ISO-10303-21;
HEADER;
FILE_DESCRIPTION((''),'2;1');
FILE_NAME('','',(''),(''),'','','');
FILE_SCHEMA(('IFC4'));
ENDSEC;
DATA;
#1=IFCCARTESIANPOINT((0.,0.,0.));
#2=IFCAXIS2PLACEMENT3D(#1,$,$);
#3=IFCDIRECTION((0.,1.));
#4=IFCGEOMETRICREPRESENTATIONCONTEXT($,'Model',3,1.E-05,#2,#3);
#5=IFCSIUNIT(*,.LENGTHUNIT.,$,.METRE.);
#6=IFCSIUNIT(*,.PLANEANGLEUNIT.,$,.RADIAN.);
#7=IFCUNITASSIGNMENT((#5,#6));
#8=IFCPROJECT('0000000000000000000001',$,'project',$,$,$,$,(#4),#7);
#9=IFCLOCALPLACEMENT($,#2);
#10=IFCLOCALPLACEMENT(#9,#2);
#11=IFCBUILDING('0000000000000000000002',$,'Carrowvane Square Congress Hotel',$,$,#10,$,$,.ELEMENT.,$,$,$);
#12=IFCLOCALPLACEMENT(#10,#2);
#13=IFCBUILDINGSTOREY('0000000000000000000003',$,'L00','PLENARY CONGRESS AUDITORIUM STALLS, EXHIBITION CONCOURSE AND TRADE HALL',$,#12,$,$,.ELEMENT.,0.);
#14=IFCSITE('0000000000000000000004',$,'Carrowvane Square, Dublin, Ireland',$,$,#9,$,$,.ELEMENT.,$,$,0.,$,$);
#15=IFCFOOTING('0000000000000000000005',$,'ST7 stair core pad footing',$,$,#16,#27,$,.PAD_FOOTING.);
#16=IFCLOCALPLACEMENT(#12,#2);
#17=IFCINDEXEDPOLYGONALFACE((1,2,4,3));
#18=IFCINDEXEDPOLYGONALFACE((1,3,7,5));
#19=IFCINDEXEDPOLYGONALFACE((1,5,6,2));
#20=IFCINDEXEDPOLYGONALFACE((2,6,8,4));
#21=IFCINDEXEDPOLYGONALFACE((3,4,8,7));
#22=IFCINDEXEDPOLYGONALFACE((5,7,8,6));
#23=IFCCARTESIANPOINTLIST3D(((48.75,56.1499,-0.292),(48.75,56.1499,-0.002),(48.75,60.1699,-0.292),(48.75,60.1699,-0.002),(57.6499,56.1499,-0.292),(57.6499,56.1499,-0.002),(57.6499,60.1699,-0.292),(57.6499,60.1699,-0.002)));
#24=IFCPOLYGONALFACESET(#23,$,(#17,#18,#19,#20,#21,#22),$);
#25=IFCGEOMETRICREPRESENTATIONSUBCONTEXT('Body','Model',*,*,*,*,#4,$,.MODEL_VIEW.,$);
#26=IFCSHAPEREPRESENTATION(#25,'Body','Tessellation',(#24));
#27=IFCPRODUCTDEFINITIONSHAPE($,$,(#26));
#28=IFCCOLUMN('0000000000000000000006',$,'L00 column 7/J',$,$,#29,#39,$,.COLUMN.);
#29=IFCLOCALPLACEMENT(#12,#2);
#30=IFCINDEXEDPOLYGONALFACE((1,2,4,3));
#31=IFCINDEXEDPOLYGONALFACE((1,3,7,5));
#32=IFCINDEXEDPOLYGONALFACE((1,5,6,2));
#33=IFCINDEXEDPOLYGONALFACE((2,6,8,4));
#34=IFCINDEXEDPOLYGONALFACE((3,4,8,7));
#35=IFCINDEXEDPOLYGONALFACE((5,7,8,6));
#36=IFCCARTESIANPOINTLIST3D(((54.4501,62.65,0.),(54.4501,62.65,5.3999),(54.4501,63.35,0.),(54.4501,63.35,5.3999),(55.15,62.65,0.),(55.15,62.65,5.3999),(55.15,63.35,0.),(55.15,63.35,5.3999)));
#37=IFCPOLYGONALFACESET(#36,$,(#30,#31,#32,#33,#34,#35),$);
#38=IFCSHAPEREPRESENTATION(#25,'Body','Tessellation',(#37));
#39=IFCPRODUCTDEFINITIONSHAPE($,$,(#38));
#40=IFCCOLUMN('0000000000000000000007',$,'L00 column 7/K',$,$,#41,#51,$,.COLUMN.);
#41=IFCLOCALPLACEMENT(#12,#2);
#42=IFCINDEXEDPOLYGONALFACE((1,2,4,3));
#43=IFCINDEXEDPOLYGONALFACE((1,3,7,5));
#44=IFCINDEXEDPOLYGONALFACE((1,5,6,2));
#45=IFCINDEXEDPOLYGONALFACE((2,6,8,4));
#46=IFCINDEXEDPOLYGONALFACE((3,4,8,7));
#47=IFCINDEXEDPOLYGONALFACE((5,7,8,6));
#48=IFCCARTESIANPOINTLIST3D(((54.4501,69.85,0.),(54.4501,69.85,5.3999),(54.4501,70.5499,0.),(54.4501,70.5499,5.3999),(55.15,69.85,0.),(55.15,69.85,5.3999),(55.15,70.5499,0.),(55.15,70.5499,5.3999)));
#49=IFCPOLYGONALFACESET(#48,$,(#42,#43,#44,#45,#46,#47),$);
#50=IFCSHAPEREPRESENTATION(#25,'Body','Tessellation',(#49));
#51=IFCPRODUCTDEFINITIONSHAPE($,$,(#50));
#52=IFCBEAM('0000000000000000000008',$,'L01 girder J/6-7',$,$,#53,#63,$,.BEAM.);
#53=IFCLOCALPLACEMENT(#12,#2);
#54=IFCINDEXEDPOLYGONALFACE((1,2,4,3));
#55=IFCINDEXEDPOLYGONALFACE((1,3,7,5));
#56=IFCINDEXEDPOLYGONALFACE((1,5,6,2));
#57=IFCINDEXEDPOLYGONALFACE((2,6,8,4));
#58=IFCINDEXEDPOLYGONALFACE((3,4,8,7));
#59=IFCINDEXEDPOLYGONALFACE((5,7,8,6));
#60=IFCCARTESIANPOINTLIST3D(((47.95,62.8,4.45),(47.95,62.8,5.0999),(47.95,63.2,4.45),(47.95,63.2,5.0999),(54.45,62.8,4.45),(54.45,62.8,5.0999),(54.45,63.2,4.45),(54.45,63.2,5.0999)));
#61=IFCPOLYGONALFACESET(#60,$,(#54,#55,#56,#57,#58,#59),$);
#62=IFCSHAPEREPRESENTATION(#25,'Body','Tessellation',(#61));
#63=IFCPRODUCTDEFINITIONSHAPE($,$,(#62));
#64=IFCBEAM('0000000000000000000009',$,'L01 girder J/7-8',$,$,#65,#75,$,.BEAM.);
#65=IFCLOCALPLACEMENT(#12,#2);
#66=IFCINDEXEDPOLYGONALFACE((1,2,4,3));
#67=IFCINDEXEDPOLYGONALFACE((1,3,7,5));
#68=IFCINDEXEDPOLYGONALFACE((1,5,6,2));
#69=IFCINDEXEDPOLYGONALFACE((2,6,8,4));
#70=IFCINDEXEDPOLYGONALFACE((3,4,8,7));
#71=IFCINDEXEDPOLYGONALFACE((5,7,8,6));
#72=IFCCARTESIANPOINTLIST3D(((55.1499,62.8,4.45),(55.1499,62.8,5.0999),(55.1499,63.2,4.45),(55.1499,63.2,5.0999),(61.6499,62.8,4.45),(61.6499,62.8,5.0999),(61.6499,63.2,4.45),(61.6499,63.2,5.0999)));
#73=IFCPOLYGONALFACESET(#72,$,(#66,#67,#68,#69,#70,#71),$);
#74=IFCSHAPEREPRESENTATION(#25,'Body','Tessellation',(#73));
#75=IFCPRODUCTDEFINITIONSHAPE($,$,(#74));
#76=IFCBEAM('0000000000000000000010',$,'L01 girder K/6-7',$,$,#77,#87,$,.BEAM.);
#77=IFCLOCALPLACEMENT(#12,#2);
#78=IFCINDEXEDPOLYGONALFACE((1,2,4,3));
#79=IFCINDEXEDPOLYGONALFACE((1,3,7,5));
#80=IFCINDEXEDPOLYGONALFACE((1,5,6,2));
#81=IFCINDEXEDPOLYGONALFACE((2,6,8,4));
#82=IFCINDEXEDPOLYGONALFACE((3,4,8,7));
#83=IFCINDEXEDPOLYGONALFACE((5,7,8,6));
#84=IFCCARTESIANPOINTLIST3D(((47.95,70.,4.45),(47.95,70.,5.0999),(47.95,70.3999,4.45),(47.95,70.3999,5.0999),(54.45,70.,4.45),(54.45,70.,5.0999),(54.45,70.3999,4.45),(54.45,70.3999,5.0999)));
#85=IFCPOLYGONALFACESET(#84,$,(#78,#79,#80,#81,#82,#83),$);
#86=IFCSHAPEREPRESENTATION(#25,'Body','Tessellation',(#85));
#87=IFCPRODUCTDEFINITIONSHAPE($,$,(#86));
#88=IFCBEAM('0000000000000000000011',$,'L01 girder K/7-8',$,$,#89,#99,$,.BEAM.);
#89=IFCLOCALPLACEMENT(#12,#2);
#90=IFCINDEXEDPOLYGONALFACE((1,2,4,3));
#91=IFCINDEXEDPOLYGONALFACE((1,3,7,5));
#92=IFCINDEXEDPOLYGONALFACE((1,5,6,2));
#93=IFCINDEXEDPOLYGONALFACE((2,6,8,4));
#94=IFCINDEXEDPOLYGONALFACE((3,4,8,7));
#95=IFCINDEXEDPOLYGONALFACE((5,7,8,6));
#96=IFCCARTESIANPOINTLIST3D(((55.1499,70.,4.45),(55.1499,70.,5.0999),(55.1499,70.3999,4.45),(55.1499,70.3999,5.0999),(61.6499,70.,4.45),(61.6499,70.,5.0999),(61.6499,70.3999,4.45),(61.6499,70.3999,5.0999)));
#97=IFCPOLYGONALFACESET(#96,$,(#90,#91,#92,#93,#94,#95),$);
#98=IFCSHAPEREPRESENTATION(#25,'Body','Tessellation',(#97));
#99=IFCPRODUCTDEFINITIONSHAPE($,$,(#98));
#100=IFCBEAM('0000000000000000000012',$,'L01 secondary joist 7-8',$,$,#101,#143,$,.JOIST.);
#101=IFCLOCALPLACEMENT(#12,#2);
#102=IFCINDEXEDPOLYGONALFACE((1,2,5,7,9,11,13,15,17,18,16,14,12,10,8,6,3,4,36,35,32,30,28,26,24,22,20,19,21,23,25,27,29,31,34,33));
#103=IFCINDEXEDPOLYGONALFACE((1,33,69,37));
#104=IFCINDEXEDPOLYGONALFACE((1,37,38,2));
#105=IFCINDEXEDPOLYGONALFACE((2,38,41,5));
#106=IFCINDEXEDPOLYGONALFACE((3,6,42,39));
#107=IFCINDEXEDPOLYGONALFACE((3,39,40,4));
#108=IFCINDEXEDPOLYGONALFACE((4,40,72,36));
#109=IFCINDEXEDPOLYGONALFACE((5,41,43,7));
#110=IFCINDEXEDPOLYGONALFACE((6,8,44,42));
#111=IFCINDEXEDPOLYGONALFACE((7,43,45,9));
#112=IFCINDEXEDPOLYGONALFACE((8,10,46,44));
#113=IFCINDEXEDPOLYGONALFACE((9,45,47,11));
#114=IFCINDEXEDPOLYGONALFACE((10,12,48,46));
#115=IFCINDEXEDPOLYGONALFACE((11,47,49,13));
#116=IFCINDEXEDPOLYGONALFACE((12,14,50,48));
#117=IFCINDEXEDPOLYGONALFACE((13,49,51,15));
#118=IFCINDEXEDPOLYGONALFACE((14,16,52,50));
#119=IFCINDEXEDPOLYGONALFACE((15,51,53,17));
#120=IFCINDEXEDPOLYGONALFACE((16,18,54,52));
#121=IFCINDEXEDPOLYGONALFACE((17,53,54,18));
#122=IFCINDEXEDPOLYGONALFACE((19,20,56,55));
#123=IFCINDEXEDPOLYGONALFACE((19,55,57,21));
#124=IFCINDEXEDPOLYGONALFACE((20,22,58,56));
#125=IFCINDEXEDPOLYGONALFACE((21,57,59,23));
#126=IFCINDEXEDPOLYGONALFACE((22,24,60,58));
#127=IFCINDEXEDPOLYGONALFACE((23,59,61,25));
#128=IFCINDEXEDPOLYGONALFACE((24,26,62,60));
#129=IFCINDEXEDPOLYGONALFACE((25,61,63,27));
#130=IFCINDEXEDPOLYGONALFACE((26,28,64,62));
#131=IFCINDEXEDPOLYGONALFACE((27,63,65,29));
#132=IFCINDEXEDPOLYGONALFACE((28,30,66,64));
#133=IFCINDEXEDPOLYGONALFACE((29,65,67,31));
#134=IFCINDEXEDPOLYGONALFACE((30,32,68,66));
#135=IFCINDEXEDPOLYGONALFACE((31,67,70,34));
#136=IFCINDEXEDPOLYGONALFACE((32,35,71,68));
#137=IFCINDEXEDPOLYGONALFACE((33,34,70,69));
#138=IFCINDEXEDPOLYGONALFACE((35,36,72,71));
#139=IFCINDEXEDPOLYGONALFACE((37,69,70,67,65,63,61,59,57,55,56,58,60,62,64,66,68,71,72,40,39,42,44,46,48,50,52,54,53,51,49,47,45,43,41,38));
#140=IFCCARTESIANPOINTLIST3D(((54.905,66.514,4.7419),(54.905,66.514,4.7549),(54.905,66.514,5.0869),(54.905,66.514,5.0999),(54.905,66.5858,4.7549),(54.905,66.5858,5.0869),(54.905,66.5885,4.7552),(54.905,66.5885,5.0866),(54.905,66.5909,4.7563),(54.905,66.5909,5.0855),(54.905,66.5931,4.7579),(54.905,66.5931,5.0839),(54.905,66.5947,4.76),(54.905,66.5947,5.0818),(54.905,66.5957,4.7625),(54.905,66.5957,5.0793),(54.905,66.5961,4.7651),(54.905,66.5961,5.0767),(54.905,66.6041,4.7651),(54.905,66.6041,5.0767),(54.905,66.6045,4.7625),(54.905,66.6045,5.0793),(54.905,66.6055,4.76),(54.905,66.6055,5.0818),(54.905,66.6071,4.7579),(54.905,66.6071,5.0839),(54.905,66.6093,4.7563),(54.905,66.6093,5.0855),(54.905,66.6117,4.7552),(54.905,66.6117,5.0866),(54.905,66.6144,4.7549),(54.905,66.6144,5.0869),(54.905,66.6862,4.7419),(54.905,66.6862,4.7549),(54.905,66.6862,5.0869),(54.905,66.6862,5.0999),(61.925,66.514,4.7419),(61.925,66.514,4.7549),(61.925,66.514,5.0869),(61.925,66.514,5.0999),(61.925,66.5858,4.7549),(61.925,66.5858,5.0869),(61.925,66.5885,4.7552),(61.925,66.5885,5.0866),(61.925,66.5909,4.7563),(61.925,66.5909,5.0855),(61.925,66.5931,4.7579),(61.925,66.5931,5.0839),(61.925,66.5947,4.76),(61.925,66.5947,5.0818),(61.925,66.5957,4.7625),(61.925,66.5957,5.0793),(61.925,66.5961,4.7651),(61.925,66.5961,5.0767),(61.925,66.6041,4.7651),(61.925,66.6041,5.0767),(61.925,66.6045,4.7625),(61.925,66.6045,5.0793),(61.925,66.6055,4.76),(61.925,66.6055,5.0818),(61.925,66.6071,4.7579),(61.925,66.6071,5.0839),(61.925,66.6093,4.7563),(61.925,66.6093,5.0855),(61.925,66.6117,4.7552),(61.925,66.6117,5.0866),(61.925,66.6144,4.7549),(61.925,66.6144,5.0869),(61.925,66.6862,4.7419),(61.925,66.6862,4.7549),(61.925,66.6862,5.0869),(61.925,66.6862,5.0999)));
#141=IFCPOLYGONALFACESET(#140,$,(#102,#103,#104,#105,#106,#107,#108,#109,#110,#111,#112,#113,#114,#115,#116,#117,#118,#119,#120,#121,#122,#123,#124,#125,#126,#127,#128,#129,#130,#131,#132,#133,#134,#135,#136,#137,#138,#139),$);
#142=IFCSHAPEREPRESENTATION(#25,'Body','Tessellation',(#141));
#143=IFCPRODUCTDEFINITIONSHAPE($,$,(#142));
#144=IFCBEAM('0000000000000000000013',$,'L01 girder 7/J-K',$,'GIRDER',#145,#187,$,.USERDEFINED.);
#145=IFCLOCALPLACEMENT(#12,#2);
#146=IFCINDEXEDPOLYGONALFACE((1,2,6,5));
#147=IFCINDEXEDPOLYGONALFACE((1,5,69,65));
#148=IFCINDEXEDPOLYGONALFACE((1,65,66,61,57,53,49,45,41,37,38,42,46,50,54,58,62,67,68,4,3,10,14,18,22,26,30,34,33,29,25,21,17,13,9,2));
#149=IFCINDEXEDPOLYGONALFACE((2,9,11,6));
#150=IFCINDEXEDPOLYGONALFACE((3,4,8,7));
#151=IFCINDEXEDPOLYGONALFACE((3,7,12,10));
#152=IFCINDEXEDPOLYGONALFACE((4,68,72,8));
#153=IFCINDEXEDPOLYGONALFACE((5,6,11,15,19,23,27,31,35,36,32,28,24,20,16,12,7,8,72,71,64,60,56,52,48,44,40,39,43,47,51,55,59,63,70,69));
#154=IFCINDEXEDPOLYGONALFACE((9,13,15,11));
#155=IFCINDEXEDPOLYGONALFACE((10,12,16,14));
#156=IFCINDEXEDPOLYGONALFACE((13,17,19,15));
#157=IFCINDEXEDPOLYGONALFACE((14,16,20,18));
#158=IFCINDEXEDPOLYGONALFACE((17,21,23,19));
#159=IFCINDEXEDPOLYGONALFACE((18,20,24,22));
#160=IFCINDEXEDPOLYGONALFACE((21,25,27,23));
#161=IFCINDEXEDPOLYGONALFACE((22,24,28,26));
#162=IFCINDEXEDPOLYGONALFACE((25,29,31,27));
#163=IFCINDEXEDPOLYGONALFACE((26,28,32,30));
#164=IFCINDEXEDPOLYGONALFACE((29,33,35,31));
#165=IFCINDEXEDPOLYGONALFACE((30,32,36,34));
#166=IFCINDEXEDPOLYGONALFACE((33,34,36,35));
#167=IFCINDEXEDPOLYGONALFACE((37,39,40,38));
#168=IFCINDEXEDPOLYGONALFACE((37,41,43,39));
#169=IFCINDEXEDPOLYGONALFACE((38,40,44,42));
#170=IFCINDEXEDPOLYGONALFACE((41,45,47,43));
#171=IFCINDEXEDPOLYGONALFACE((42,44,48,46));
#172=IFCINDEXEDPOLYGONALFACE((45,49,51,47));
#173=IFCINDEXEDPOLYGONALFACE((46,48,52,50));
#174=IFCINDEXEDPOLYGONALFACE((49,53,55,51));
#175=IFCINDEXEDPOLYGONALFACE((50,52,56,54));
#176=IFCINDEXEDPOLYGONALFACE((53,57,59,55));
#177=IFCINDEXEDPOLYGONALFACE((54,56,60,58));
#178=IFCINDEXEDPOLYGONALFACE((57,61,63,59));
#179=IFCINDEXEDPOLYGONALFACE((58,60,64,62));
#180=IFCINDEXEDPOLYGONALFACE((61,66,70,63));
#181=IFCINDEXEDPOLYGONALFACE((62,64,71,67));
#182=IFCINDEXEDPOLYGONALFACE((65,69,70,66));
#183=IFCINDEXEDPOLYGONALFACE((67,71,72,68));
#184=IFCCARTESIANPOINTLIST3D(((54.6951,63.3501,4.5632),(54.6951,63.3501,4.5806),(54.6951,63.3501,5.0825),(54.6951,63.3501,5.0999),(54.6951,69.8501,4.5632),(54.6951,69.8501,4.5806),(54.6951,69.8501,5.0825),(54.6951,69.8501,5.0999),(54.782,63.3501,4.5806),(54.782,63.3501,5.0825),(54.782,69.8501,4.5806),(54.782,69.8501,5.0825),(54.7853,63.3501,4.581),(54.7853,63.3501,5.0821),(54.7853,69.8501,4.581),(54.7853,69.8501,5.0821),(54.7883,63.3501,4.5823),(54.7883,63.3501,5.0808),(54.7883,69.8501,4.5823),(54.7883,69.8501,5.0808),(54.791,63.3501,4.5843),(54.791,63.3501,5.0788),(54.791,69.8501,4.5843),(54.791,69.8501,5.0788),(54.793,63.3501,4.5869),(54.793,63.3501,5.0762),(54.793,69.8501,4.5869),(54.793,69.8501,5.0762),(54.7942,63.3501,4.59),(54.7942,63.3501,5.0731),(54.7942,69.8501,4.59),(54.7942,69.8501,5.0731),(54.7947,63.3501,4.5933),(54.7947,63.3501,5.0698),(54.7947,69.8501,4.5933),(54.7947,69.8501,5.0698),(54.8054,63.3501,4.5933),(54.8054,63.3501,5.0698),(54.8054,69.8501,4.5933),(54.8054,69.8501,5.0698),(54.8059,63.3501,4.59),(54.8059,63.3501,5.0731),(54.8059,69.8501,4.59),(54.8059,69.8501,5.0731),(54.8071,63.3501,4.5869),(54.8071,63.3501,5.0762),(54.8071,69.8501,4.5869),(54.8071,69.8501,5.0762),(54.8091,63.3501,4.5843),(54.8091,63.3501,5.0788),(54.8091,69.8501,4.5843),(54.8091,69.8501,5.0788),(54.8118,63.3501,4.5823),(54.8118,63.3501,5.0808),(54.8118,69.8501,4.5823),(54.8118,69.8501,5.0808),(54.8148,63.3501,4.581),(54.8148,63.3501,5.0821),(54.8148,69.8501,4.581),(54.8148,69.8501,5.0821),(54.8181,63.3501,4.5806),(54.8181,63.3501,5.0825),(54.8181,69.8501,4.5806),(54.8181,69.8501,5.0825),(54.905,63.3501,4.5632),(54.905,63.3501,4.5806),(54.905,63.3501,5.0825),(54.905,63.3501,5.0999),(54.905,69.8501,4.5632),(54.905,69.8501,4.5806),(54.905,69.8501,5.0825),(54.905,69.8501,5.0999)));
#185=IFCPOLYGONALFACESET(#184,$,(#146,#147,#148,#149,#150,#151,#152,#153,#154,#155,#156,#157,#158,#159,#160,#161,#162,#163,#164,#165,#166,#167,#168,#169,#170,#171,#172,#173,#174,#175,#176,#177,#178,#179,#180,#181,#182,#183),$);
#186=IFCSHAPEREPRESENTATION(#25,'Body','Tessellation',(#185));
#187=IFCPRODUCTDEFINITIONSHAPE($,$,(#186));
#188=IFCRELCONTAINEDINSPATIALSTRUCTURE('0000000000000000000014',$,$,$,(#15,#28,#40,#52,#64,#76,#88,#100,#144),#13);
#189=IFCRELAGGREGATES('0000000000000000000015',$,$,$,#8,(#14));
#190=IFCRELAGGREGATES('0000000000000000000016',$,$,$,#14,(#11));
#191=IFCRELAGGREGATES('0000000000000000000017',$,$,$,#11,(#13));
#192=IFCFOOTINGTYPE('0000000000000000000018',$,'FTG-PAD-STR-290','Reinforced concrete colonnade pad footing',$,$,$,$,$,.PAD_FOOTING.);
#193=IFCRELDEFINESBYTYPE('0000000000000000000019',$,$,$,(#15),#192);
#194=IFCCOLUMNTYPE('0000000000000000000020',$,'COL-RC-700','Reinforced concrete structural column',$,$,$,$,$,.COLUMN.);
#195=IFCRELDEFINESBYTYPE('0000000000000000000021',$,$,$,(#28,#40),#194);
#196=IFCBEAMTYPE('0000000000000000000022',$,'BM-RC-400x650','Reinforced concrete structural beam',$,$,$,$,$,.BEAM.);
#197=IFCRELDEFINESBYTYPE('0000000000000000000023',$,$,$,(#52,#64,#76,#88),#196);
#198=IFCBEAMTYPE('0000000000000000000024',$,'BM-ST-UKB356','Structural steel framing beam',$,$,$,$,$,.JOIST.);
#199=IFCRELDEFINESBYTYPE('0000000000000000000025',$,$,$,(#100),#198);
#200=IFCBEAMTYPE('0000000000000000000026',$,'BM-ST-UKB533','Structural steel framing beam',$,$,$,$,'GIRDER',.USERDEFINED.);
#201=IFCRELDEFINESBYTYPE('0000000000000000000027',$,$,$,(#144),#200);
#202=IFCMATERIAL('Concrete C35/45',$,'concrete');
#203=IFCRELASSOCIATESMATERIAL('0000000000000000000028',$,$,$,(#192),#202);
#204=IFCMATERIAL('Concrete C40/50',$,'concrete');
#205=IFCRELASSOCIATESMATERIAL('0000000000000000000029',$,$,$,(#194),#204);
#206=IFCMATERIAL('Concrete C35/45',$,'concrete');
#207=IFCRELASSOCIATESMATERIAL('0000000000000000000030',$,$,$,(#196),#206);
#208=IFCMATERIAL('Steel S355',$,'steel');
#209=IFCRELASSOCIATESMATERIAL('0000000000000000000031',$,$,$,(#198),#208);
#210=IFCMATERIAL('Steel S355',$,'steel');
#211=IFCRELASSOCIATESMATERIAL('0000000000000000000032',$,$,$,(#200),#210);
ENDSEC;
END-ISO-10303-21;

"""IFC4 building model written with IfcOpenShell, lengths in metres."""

from ifc_helpers import new_model, si_unit, direction, frame, origin, origin_2d, place, context, subcontext, project, spatial, rectangle, i_section, extrude, material, material_profile, profile_set, type_object, element, save


model = new_model("IFC4")

# Units and contexts
model_context = context("Model", 3, precision=1e-05, world=origin(), true_north=direction((0.0, 1.0)))
body_context = subcontext(model_context, "Body", "Model", "MODEL_VIEW")
ifc_project = project(units=[si_unit("LENGTHUNIT", "METRE"), si_unit("PLANEANGLEUNIT", "RADIAN")], contexts=[model_context])

# Site, building, storey
site_placement = place(None, origin())
site = spatial("IfcSite", under=ifc_project, at=site_placement, Name="Carrowvane Square, Dublin, Ireland", CompositionType="ELEMENT", RefElevation=0.0)
building_placement = place(site_placement, origin())
building = spatial("IfcBuilding", under=site, at=building_placement, Name="Carrowvane Square Congress Hotel", CompositionType="ELEMENT")
storey_placement = place(building_placement, origin())
storey = spatial("IfcBuildingStorey", under=building, at=storey_placement, Name="L00", Description="PLENARY CONGRESS AUDITORIUM STALLS, EXHIBITION CONCOURSE AND TRADE HALL", CompositionType="ELEMENT", Elevation=0.0)

# Footing
ifc_material_1 = material(Name="Concrete C35/45", Category="concrete")
footing_type = type_object("IfcFootingType", Name="FTG-PAD-STR-290", Description="Reinforced concrete colonnade pad footing", PredefinedType="PAD_FOOTING", material=ifc_material_1)
footing_placement = place(storey_placement, frame((53.2, 58.1599, -0.292), z_axis=(0.0, 0.0, 1.0), x_axis=(1.0, 0.0, 0.0)))
element("IfcFooting", 1, at=footing_placement, inside=storey, type_object=footing_type, Name="ST7 stair core pad footing", PredefinedType="PAD_FOOTING", context=body_context, shape_type="SweptSolid", body=[
    extrude(rectangle(XDim=8.8999, YDim=4.02, at=origin_2d()), origin(), (0.0, 0.0, 1.0), 0.29),
])

# Columns
ifc_material_2 = material(Name="Concrete C40/50", Category="concrete")
ifc_material_profile_1 = material_profile(ifc_material_2, rectangle(XDim=0.7, YDim=0.7, at=origin_2d()), Name="RC 700x700")
ifc_profile_set_1 = profile_set([ifc_material_profile_1], Name="Concrete C40/50")
column_type = type_object("IfcColumnType", Name="COL-RC-700", Description="Reinforced concrete structural column", PredefinedType="COLUMN", material=ifc_profile_set_1)
for number, where, z_axis, x_axis, name in (
    (2, (54.8, 63.0, 0.0), (0.0, 0.0, 1.0), (1.0, 0.0, 0.0), "L00 column 7/J"),
    (3, (54.8, 70.2, 0.0), (0.0, 0.0, 1.0), (1.0, 0.0, 0.0), "L00 column 7/K"),
):
    element("IfcColumn", number, at=place(storey_placement, frame(where, z_axis=z_axis, x_axis=x_axis)), inside=storey, type_object=column_type, Name=name, PredefinedType="COLUMN", context=body_context, shape_type="SweptSolid", body=[
        extrude(rectangle(XDim=0.7, YDim=0.7, at=origin_2d()), origin(), (0.0, 0.0, 1.0), 5.3999),
    ])

# Beams
ifc_material_3 = material(Name="Concrete C35/45", Category="concrete")
ifc_material_profile_2 = material_profile(ifc_material_3, rectangle(XDim=0.3999, YDim=0.6499, at=origin_2d()), Name="RC 400x650")
ifc_profile_set_2 = profile_set([ifc_material_profile_2], Name="Concrete C35/45")
beam_type_1 = type_object("IfcBeamType", Name="BM-RC-400x650", Description="Reinforced concrete structural beam", PredefinedType="BEAM", material=ifc_profile_set_2)
for number, where, z_axis, x_axis, name in (
    (4, (47.95, 63.0, 4.7749), (1.0, 0.0, 0.0), (0.0, 1.0, 0.0), "L01 girder J/6-7"),
    (5, (55.1499, 63.0, 4.7749), (1.0, 0.0, 0.0), (0.0, 1.0, 0.0), "L01 girder J/7-8"),
    (6, (47.95, 70.2, 4.7749), (1.0, 0.0, 0.0), (0.0, 1.0, 0.0), "L01 girder K/6-7"),
    (7, (55.1499, 70.2, 4.7749), (1.0, 0.0, 0.0), (0.0, 1.0, 0.0), "L01 girder K/7-8"),
):
    element("IfcBeam", number, at=place(storey_placement, frame(where, z_axis=z_axis, x_axis=x_axis)), inside=storey, type_object=beam_type_1, Name=name, PredefinedType="BEAM", context=body_context, shape_type="SweptSolid", body=[
        extrude(rectangle(XDim=0.3999, YDim=0.6499, at=origin_2d()), origin(), (0.0, 0.0, 1.0), 6.5),
    ])
ifc_material_4 = material(Name="Steel S355", Category="steel")
ifc_material_profile_3 = material_profile(ifc_material_4, i_section(OverallWidth=0.1721, OverallDepth=0.3579, WebThickness=0.0081, FlangeThickness=0.0129, FilletRadius=0.0103, at=origin_2d()), Name="UKB 356x171x57")
ifc_profile_set_3 = profile_set([ifc_material_profile_3], Name="Steel S355")
beam_type_2 = type_object("IfcBeamType", Name="BM-ST-UKB356", Description="Structural steel framing beam", PredefinedType="JOIST", material=ifc_profile_set_3)
beam_placement = place(storey_placement, frame((54.905, 66.6001, 4.9209), z_axis=(1.0, 0.0, 0.0), x_axis=(0.0, 1.0, 0.0)))
element("IfcBeam", 8, at=beam_placement, inside=storey, type_object=beam_type_2, Name="L01 secondary joist 7-8", PredefinedType="JOIST", context=body_context, shape_type="SweptSolid", body=[
    extrude(i_section(OverallWidth=0.1721, OverallDepth=0.3579, WebThickness=0.0081, FlangeThickness=0.0129, FilletRadius=0.0103, at=origin_2d()), origin(), (0.0, 0.0, 1.0), 7.02),
])
ifc_material_5 = material(Name="Steel S355", Category="steel")
ifc_material_profile_4 = material_profile(ifc_material_5, i_section(OverallWidth=0.21, OverallDepth=0.5366, WebThickness=0.0107, FlangeThickness=0.0173, FilletRadius=0.0127, at=origin_2d()), Name="UKB 533x210x101")
ifc_profile_set_4 = profile_set([ifc_material_profile_4], Name="Steel S355")
beam_type_3 = type_object("IfcBeamType", Name="BM-ST-UKB533", Description="Structural steel framing beam", ElementType="GIRDER", PredefinedType="USERDEFINED", material=ifc_profile_set_4)
for number, where, z_axis, x_axis, name in (
    (9, (54.8, 63.3501, 4.8315), (0.0, 1.0, 0.0), (-1.0, 0.0, 0.0), "L01 girder 7/J-K"),
):
    element("IfcBeam", number, at=place(storey_placement, frame(where, z_axis=z_axis, x_axis=x_axis)), inside=storey, type_object=beam_type_3, Name=name, ObjectType="GIRDER", PredefinedType="USERDEFINED", context=body_context, shape_type="SweptSolid", body=[
        extrude(i_section(OverallWidth=0.21, OverallDepth=0.5366, WebThickness=0.0107, FlangeThickness=0.0173, FilletRadius=0.0127, at=origin_2d()), origin(), (0.0, 0.0, 1.0), 6.5),
    ])

save(model, "model.ifc")
